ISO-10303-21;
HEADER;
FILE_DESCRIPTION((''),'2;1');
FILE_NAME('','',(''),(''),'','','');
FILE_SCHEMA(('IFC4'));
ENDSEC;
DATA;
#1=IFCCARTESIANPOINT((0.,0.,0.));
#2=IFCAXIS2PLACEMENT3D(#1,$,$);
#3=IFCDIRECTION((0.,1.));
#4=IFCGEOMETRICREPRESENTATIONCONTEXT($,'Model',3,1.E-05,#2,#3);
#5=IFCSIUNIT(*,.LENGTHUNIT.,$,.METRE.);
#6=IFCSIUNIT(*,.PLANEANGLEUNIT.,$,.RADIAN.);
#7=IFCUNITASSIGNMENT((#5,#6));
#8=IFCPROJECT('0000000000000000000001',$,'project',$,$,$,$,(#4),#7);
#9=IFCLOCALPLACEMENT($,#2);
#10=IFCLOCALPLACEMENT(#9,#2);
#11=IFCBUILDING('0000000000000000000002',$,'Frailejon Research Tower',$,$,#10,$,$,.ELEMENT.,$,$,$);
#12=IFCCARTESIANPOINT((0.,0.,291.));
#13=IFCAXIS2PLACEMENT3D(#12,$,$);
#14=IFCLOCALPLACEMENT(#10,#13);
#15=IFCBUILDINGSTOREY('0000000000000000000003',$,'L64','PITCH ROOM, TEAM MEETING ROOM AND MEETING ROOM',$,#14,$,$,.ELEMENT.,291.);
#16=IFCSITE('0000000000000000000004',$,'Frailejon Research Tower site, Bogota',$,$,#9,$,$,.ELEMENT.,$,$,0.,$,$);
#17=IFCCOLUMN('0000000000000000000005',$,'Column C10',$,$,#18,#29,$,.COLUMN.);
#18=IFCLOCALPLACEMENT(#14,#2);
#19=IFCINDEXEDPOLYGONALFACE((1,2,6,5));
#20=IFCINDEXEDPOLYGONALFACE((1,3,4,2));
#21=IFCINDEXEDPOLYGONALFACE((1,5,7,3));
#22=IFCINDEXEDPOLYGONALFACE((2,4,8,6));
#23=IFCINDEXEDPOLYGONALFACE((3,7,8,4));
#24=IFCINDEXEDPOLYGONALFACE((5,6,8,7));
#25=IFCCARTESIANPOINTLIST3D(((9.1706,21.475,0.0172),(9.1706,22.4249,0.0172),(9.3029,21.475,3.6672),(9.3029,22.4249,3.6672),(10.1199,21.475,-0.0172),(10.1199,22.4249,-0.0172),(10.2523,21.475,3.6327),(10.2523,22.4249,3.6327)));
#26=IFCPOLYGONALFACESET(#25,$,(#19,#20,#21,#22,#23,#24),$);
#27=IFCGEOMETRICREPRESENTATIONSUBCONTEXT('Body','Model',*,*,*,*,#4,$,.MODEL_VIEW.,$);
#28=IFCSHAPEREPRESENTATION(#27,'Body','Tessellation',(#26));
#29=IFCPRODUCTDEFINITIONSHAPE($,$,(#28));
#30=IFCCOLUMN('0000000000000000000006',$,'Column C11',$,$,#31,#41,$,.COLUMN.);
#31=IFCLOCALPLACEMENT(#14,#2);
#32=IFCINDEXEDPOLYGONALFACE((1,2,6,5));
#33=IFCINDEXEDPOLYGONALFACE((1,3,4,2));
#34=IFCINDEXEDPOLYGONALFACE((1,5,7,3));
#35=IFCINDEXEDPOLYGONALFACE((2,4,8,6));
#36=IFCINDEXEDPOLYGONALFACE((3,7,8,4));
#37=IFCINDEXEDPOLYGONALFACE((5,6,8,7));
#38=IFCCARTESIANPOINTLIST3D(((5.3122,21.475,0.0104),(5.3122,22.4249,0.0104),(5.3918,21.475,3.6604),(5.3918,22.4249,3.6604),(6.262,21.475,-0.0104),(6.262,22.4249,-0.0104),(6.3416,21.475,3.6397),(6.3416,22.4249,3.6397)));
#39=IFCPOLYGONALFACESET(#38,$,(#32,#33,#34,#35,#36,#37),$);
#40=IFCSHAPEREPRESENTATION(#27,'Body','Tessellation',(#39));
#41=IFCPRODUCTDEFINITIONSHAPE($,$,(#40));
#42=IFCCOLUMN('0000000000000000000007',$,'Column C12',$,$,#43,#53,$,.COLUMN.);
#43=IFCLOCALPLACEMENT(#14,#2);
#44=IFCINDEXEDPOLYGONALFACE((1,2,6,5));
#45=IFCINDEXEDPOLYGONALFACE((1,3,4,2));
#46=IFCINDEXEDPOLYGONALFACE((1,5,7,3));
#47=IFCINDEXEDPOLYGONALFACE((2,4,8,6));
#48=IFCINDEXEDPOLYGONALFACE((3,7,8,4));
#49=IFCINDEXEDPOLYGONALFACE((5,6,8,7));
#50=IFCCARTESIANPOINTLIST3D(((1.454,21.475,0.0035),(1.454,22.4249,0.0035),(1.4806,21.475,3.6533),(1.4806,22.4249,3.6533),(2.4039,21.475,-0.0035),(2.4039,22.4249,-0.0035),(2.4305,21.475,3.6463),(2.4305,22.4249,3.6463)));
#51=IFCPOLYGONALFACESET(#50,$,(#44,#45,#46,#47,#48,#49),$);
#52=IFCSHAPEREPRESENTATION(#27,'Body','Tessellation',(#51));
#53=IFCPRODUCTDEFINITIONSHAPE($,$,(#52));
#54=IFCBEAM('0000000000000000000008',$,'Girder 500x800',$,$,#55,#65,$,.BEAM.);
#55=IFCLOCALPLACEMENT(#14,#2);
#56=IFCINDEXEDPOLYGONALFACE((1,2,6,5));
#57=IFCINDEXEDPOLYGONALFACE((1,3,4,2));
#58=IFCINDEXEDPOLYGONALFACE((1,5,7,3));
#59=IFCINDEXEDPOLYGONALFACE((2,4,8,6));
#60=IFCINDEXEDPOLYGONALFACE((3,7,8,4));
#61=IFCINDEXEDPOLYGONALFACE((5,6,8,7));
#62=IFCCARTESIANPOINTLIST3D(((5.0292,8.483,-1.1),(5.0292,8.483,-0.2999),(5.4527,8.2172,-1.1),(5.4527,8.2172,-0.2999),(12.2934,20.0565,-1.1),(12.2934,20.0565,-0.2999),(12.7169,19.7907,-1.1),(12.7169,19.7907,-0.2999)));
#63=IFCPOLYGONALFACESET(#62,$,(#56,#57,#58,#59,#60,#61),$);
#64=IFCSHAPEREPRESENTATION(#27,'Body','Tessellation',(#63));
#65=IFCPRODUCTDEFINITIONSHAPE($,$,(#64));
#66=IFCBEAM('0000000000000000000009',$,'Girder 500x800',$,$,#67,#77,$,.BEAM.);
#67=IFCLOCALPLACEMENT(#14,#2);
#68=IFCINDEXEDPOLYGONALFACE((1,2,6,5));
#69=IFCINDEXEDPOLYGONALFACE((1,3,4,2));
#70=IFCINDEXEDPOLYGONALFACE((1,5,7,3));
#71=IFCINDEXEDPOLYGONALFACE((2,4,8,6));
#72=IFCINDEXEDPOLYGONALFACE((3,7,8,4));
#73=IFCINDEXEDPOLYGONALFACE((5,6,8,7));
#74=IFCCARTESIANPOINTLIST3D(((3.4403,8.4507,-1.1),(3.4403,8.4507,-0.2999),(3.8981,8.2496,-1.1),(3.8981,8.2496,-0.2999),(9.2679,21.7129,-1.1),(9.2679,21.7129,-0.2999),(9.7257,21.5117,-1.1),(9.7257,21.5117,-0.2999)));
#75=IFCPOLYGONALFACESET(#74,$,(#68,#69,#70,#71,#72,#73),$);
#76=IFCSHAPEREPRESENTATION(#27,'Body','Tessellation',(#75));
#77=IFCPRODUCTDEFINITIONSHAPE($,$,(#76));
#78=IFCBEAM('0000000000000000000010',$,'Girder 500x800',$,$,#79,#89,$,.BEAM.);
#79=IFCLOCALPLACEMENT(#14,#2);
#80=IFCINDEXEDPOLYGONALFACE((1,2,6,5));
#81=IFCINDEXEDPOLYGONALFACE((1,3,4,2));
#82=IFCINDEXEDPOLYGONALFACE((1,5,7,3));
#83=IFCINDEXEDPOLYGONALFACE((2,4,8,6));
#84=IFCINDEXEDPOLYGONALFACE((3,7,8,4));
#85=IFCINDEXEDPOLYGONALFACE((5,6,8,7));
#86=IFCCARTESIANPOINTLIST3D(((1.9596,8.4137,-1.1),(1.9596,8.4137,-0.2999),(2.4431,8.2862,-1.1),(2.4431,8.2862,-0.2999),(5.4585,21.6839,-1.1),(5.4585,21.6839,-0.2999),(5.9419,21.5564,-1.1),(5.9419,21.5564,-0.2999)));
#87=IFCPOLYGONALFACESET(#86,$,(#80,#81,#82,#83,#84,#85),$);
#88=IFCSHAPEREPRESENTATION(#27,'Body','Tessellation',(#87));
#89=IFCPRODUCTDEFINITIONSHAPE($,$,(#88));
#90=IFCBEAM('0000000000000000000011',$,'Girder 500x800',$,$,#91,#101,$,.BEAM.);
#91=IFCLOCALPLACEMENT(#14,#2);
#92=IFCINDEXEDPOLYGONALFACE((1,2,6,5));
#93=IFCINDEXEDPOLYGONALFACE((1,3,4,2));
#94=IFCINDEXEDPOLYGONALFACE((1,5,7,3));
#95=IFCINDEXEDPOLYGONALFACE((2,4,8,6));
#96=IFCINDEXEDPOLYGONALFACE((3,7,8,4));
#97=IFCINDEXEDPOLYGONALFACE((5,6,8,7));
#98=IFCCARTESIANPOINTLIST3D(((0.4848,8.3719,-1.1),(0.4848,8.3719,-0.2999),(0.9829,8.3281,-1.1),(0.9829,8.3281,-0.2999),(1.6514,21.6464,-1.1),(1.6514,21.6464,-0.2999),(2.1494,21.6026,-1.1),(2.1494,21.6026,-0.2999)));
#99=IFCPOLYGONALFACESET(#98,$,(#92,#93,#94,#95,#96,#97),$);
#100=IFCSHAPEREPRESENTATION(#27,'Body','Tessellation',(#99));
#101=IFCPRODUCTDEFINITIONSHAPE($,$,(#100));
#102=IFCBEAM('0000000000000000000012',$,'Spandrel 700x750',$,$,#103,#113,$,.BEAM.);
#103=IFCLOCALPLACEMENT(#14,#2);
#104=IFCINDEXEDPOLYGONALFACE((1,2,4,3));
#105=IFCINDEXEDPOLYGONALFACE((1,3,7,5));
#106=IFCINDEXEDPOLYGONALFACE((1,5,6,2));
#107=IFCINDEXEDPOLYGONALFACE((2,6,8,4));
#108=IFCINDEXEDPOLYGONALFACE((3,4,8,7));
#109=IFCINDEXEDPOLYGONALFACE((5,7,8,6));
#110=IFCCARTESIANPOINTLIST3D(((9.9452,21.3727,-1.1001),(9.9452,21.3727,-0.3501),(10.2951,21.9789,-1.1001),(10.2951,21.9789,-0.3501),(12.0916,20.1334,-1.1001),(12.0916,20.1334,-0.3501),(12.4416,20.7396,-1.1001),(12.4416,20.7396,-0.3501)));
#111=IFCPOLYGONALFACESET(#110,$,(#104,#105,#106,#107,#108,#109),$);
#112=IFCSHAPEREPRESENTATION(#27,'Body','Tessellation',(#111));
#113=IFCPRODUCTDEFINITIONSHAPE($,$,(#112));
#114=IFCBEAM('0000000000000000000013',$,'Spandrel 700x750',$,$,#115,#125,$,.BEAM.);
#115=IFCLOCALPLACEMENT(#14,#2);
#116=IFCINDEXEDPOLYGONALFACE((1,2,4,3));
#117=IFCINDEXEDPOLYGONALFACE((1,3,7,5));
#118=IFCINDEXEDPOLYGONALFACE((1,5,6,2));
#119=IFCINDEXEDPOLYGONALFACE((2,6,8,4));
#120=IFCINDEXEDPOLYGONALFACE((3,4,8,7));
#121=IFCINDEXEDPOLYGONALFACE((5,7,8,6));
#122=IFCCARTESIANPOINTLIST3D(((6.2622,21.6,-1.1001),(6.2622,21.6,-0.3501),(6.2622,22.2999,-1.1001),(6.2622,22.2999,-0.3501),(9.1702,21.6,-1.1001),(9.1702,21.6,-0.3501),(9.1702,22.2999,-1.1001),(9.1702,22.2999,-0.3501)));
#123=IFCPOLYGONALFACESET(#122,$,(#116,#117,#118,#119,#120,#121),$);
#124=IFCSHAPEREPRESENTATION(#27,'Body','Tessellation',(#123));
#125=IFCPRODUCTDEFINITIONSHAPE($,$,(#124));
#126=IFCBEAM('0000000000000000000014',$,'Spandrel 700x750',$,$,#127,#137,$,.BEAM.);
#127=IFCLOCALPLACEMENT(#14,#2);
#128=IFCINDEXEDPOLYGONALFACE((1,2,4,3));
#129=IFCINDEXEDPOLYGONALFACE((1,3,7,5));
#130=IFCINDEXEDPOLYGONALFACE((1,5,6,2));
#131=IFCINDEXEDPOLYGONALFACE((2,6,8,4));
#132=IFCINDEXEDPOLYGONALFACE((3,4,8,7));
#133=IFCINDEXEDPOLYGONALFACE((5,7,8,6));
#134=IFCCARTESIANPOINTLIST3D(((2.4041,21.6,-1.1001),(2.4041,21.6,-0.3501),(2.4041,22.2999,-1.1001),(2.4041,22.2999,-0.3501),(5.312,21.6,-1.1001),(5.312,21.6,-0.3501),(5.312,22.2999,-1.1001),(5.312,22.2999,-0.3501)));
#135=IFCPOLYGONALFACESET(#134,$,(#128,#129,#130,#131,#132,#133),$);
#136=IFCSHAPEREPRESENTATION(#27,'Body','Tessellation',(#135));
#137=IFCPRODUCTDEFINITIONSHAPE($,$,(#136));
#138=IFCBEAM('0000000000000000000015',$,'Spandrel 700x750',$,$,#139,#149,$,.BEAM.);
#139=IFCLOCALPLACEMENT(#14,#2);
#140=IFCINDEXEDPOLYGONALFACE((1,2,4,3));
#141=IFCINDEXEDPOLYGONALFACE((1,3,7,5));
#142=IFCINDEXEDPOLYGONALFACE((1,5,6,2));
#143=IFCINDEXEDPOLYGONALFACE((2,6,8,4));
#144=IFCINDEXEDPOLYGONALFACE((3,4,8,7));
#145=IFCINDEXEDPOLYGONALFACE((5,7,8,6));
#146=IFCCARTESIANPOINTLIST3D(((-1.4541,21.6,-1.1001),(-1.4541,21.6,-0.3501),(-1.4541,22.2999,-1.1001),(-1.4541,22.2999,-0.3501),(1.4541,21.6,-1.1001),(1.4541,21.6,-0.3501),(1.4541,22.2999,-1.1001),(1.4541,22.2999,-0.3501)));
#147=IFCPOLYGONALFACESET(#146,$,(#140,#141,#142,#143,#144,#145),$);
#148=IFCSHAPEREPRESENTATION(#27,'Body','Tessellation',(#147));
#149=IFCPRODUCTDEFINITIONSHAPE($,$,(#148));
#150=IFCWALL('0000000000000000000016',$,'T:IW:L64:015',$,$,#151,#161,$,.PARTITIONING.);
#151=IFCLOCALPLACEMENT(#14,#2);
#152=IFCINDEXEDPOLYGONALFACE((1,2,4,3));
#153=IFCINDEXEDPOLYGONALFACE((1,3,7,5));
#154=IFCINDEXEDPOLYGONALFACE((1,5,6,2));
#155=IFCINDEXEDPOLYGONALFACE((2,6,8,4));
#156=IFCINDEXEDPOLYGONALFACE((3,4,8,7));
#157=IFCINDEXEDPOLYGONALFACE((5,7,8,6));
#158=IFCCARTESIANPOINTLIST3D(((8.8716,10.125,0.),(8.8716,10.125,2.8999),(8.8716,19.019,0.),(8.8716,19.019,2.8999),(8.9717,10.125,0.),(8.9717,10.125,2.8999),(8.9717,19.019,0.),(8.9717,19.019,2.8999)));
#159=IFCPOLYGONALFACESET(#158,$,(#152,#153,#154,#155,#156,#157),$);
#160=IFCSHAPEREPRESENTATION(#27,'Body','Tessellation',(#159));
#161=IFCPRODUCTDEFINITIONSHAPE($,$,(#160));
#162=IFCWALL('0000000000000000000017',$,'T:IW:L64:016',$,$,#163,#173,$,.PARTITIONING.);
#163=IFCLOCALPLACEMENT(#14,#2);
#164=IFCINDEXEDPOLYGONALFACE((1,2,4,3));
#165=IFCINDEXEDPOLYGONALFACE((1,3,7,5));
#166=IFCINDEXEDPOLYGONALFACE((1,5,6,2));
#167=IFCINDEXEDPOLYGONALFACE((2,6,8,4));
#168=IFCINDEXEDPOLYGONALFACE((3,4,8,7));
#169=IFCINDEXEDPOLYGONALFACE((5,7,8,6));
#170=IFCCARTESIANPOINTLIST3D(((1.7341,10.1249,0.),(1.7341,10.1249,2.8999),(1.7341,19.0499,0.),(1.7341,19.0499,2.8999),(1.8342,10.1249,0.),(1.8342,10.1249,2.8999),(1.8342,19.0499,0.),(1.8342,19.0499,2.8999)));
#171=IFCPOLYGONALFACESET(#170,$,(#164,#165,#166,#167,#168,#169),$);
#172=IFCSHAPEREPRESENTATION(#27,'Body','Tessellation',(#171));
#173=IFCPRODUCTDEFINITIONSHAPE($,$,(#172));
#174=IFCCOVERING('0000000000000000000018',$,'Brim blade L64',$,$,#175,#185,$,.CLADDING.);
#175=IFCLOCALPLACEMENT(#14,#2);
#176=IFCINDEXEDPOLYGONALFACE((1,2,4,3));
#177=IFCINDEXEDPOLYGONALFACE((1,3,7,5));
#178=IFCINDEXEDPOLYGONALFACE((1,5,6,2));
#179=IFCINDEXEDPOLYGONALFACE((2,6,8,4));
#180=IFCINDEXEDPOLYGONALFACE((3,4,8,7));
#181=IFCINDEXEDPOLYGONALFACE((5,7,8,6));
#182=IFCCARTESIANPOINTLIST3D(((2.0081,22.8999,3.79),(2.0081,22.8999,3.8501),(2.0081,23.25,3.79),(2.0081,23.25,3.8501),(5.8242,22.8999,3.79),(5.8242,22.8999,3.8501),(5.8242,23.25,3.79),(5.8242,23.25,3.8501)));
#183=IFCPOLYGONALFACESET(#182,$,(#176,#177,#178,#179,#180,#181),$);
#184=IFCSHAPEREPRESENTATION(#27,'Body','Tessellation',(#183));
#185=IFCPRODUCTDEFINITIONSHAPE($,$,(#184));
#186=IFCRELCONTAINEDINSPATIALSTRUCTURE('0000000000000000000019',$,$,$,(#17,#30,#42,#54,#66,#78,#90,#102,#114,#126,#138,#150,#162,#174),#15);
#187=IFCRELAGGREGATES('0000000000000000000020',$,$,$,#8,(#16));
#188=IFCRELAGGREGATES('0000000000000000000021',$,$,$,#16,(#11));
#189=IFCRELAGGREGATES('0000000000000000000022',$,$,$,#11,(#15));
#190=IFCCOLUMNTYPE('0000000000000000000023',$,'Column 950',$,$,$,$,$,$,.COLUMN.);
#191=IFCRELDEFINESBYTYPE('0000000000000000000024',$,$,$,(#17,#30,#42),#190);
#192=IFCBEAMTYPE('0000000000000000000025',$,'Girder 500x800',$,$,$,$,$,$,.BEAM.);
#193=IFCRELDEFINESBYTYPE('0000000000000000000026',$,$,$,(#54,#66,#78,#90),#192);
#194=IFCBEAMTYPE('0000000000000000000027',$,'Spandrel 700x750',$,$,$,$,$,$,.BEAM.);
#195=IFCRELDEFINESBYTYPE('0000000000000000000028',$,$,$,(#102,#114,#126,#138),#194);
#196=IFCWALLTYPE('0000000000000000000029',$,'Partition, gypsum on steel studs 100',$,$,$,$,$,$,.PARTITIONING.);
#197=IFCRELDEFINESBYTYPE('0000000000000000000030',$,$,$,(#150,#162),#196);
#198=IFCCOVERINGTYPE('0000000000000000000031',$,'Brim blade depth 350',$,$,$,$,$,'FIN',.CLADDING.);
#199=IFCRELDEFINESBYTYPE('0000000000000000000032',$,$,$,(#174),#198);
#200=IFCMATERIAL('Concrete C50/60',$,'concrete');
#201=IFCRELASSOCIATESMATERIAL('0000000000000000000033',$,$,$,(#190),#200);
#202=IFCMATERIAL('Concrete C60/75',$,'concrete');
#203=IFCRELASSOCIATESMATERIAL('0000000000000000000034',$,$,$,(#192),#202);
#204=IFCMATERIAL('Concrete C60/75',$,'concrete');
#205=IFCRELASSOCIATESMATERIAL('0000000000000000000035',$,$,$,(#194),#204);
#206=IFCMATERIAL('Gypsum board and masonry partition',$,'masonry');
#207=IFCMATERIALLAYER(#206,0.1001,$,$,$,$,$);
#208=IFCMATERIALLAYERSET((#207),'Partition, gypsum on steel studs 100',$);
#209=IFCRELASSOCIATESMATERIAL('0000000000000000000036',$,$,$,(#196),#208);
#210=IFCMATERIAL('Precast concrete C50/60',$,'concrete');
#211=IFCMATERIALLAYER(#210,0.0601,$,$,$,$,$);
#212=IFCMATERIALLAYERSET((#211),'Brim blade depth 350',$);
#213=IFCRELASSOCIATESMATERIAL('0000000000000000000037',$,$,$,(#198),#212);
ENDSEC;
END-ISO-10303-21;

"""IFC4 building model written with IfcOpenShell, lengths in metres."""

from ifc_helpers import new_model, si_unit, direction, frame, frame_2d, origin, origin_2d, place, context, subcontext, project, spatial, polyline, rectangle, outline, extrude, material, layer, layer_set, material_profile, profile_set, type_object, element, save


model = new_model("IFC4")

# Units and contexts
model_context = context("Model", 3, precision=1e-05, world=origin(), true_north=direction((0.0, 1.0)))
body_context = subcontext(model_context, "Body", "Model", "MODEL_VIEW")
ifc_project = project(units=[si_unit("LENGTHUNIT", "METRE"), si_unit("PLANEANGLEUNIT", "RADIAN")], contexts=[model_context])

# Site, building, storey
site_placement = place(None, origin())
site = spatial("IfcSite", under=ifc_project, at=site_placement, Name="Frailejon Research Tower site, Bogota", CompositionType="ELEMENT", RefElevation=0.0)
building_placement = place(site_placement, origin())
building = spatial("IfcBuilding", under=site, at=building_placement, Name="Frailejon Research Tower", CompositionType="ELEMENT")
storey_placement = place(building_placement, frame((0.0, 0.0, 291.0)))
storey = spatial("IfcBuildingStorey", under=building, at=storey_placement, Name="L64", Description="PITCH ROOM, TEAM MEETING ROOM AND MEETING ROOM", CompositionType="ELEMENT", Elevation=291.0)

# Columns
ifc_material_1 = material(Name="Concrete C50/60", Category="concrete")
ifc_material_profile_1 = material_profile(ifc_material_1, rectangle(XDim=0.95, YDim=0.95, at=origin_2d()), Name="Column 950")
ifc_profile_set_1 = profile_set([ifc_material_profile_1], Name="Concrete C50/60")
column_type = type_object("IfcColumnType", Name="Column 950", PredefinedType="COLUMN", material=ifc_profile_set_1)
column_1_placement = place(storey_placement, frame((9.6453, 21.95, 0.0), z_axis=(0.03623, 0.0, 0.999343), x_axis=(-0.999343, 0.0, 0.03623)))
element("IfcColumn", 1, at=column_1_placement, inside=storey, type_object=column_type, Name="Column C10", PredefinedType="COLUMN", context=body_context, shape_type="SweptSolid", body=[
    extrude(rectangle(XDim=0.95, YDim=0.95, at=origin_2d()), origin(), (0.0, 0.0, 1.0), 3.6523),
])
column_2_placement = place(storey_placement, frame((5.7871, 21.95, 0.0), z_axis=(0.021801, 0.0, 0.999762), x_axis=(-0.999762, 0.0, 0.021801)))
element("IfcColumn", 2, at=column_2_placement, inside=storey, type_object=column_type, Name="Column C11", PredefinedType="COLUMN", context=body_context, shape_type="SweptSolid", body=[
    extrude(rectangle(XDim=0.95, YDim=0.95, at=origin_2d()), origin(), (0.0, 0.0, 1.0), 3.6509),
])
column_3_placement = place(storey_placement, frame((1.929, 21.95, 0.0), z_axis=(0.007291, 0.0, 0.999973), x_axis=(-0.999973, 0.0, 0.007291)))
element("IfcColumn", 3, at=column_3_placement, inside=storey, type_object=column_type, Name="Column C12", PredefinedType="COLUMN", context=body_context, shape_type="SweptSolid", body=[
    extrude(rectangle(XDim=0.95, YDim=0.95, at=origin_2d()), origin(), (0.0, 0.0, 1.0), 3.6499),
])

# Beams
ifc_material_2 = material(Name="Concrete C60/75", Category="concrete")
ifc_material_profile_2 = material_profile(ifc_material_2, rectangle(XDim=0.5, YDim=0.8, at=origin_2d()), Name="Girder 500x800")
ifc_profile_set_2 = profile_set([ifc_material_profile_2], Name="Concrete C60/75")
beam_type_1 = type_object("IfcBeamType", Name="Girder 500x800", PredefinedType="BEAM", material=ifc_profile_set_2)
beam_1_placement = place(storey_placement, frame((12.5051, 19.9236, -0.7), z_axis=(-0.531615, -0.846986, 0.0), x_axis=(0.846986, -0.531615, 0.0)))
element("IfcBeam", 4, at=beam_1_placement, inside=storey, type_object=beam_type_1, Name="Girder 500x800", PredefinedType="BEAM", context=body_context, shape_type="SweptSolid", body=[
    extrude(rectangle(XDim=0.5, YDim=0.8, at=origin_2d()), origin(), (0.0, 0.0, 1.0), 13.6643),
])
beam_2_placement = place(storey_placement, frame((9.4968, 21.6123, -0.7), z_axis=(-0.402291, -0.915512, 0.0), x_axis=(0.915512, -0.402291, 0.0)))
element("IfcBeam", 5, at=beam_2_placement, inside=storey, type_object=beam_type_1, Name="Girder 500x800", PredefinedType="BEAM", context=body_context, shape_type="SweptSolid", body=[
    extrude(rectangle(XDim=0.5, YDim=0.8, at=origin_2d()), origin(), (0.0, 0.0, 1.0), 14.4861),
])
beam_3_placement = place(storey_placement, frame((5.7002, 21.6201, -0.7), z_axis=(-0.254948, -0.966955, 0.0), x_axis=(0.966955, -0.254948, 0.0)))
element("IfcBeam", 6, at=beam_3_placement, inside=storey, type_object=beam_type_1, Name="Girder 500x800", PredefinedType="BEAM", context=body_context, shape_type="SweptSolid", body=[
    extrude(rectangle(XDim=0.5, YDim=0.8, at=origin_2d()), origin(), (0.0, 0.0, 1.0), 13.7236),
])
beam_4_placement = place(storey_placement, frame((1.9004, 21.6245, -0.7), z_axis=(-0.087539, -0.996161, 0.0), x_axis=(0.996161, -0.087539, 0.0)))
element("IfcBeam", 7, at=beam_4_placement, inside=storey, type_object=beam_type_1, Name="Girder 500x800", PredefinedType="BEAM", context=body_context, shape_type="SweptSolid", body=[
    extrude(rectangle(XDim=0.5, YDim=0.8, at=origin_2d()), origin(), (0.0, 0.0, 1.0), 13.3257),
])
ifc_material_3 = material(Name="Concrete C60/75", Category="concrete")
ifc_material_profile_3 = material_profile(ifc_material_3, rectangle(XDim=0.7, YDim=0.75, at=origin_2d()), Name="Spandrel 700x750")
ifc_profile_set_3 = profile_set([ifc_material_profile_3], Name="Concrete C60/75")
beam_type_2 = type_object("IfcBeamType", Name="Spandrel 700x750", PredefinedType="BEAM", material=ifc_profile_set_3)
beam_5_placement = place(storey_placement, frame((12.2666, 20.4365, -0.7251), z_axis=(-0.866028, 0.499995, 0.0), x_axis=(-0.499995, -0.866028, 0.0)))
element("IfcBeam", 8, at=beam_5_placement, inside=storey, type_object=beam_type_2, Name="Spandrel 700x750", PredefinedType="BEAM", context=body_context, shape_type="SweptSolid", body=[
    extrude(rectangle(XDim=0.7, YDim=0.75, at=origin_2d()), origin(), (0.0, 0.0, 1.0), 2.4785),
])
for number, where, z_axis, x_axis, name in (
    (9, (9.1702, 21.95, -0.7251), (-1.0, 0.0, 0.0), (0.0, -1.0, 0.0), "Spandrel 700x750"),
    (10, (5.312, 21.95, -0.7251), (-1.0, 0.0, 0.0), (0.0, -1.0, 0.0), "Spandrel 700x750"),
):
    element("IfcBeam", number, at=place(storey_placement, frame(where, z_axis=z_axis, x_axis=x_axis)), inside=storey, type_object=beam_type_2, Name=name, PredefinedType="BEAM", context=body_context, shape_type="SweptSolid", body=[
        extrude(rectangle(XDim=0.7, YDim=0.75, at=origin_2d()), origin(), (0.0, 0.0, 1.0), 2.908),
    ])
beam_6_placement = place(storey_placement, frame((1.4541, 21.95, -0.7251), z_axis=(-1.0, 0.0, 0.0), x_axis=(0.0, -1.0, 0.0)))
element("IfcBeam", 11, at=beam_6_placement, inside=storey, type_object=beam_type_2, Name="Spandrel 700x750", PredefinedType="BEAM", context=body_context, shape_type="SweptSolid", body=[
    extrude(rectangle(XDim=0.7, YDim=0.75, at=origin_2d()), origin(), (0.0, 0.0, 1.0), 2.9082),
])

# Walls
ifc_material_4 = material(Name="Gypsum board and masonry partition", Category="masonry")
ifc_layer_1 = layer(ifc_material_4, 0.1001)
ifc_layer_set_1 = layer_set([ifc_layer_1], Name="Partition, gypsum on steel studs 100")
wall_type_1 = type_object("IfcWallType", Name="Partition, gypsum on steel studs 100", PredefinedType="PARTITIONING", material=ifc_layer_set_1)
wall_1_placement = place(storey_placement, frame((8.9216, 10.125, 0.0), z_axis=(0.0, 0.0, 1.0), x_axis=(0.0, 1.0, 0.0)))
element("IfcWall", 12, at=wall_1_placement, inside=storey, type_object=wall_type_1, Name="T:IW:L64:015", PredefinedType="PARTITIONING", context=body_context, shape_type="SweptSolid", body=[
    extrude(rectangle(XDim=8.894, YDim=0.1001, at=frame_2d((4.447, 0.0))), origin(), (0.0, 0.0, 1.0), 2.8999),
])
wall_2_placement = place(storey_placement, frame((1.7842, 10.125, 0.0), z_axis=(0.0, 0.0, 1.0), x_axis=(0.0, 1.0, 0.0)))
element("IfcWall", 13, at=wall_2_placement, inside=storey, type_object=wall_type_1, Name="T:IW:L64:016", PredefinedType="PARTITIONING", context=body_context, shape_type="SweptSolid", body=[
    extrude(rectangle(XDim=8.925, YDim=0.1001, at=frame_2d((4.4624, 0.0))), origin(), (0.0, 0.0, 1.0), 2.8999),
])

# Covering
ifc_material_5 = material(Name="Precast concrete C50/60", Category="concrete")
ifc_layer_2 = layer(ifc_material_5, 0.0601)
ifc_layer_set_2 = layer_set([ifc_layer_2], Name="Brim blade depth 350")
covering_type_1 = type_object("IfcCoveringType", Name="Brim blade depth 350", ElementType="FIN", PredefinedType="CLADDING", material=ifc_layer_set_2)
covering_1_placement = place(storey_placement, frame((2.0081, 22.8999, 3.8501), z_axis=(1.0, 0.0, 0.0), x_axis=(0.0, 1.0, 0.0)))
element("IfcCovering", 14, at=covering_1_placement, inside=storey, type_object=covering_type_1, Name="Brim blade L64", PredefinedType="CLADDING", context=body_context, shape_type="SweptSolid", body=[
    extrude(outline(polyline([(0.0, -0.0601), (0.3501, -0.0601), (0.3501, 0.0), (0.0, 0.0), (0.0, -0.0601)])), origin(), (0.0, 0.0, 1.0), 3.8162),
])

save(model, "model.ifc")
